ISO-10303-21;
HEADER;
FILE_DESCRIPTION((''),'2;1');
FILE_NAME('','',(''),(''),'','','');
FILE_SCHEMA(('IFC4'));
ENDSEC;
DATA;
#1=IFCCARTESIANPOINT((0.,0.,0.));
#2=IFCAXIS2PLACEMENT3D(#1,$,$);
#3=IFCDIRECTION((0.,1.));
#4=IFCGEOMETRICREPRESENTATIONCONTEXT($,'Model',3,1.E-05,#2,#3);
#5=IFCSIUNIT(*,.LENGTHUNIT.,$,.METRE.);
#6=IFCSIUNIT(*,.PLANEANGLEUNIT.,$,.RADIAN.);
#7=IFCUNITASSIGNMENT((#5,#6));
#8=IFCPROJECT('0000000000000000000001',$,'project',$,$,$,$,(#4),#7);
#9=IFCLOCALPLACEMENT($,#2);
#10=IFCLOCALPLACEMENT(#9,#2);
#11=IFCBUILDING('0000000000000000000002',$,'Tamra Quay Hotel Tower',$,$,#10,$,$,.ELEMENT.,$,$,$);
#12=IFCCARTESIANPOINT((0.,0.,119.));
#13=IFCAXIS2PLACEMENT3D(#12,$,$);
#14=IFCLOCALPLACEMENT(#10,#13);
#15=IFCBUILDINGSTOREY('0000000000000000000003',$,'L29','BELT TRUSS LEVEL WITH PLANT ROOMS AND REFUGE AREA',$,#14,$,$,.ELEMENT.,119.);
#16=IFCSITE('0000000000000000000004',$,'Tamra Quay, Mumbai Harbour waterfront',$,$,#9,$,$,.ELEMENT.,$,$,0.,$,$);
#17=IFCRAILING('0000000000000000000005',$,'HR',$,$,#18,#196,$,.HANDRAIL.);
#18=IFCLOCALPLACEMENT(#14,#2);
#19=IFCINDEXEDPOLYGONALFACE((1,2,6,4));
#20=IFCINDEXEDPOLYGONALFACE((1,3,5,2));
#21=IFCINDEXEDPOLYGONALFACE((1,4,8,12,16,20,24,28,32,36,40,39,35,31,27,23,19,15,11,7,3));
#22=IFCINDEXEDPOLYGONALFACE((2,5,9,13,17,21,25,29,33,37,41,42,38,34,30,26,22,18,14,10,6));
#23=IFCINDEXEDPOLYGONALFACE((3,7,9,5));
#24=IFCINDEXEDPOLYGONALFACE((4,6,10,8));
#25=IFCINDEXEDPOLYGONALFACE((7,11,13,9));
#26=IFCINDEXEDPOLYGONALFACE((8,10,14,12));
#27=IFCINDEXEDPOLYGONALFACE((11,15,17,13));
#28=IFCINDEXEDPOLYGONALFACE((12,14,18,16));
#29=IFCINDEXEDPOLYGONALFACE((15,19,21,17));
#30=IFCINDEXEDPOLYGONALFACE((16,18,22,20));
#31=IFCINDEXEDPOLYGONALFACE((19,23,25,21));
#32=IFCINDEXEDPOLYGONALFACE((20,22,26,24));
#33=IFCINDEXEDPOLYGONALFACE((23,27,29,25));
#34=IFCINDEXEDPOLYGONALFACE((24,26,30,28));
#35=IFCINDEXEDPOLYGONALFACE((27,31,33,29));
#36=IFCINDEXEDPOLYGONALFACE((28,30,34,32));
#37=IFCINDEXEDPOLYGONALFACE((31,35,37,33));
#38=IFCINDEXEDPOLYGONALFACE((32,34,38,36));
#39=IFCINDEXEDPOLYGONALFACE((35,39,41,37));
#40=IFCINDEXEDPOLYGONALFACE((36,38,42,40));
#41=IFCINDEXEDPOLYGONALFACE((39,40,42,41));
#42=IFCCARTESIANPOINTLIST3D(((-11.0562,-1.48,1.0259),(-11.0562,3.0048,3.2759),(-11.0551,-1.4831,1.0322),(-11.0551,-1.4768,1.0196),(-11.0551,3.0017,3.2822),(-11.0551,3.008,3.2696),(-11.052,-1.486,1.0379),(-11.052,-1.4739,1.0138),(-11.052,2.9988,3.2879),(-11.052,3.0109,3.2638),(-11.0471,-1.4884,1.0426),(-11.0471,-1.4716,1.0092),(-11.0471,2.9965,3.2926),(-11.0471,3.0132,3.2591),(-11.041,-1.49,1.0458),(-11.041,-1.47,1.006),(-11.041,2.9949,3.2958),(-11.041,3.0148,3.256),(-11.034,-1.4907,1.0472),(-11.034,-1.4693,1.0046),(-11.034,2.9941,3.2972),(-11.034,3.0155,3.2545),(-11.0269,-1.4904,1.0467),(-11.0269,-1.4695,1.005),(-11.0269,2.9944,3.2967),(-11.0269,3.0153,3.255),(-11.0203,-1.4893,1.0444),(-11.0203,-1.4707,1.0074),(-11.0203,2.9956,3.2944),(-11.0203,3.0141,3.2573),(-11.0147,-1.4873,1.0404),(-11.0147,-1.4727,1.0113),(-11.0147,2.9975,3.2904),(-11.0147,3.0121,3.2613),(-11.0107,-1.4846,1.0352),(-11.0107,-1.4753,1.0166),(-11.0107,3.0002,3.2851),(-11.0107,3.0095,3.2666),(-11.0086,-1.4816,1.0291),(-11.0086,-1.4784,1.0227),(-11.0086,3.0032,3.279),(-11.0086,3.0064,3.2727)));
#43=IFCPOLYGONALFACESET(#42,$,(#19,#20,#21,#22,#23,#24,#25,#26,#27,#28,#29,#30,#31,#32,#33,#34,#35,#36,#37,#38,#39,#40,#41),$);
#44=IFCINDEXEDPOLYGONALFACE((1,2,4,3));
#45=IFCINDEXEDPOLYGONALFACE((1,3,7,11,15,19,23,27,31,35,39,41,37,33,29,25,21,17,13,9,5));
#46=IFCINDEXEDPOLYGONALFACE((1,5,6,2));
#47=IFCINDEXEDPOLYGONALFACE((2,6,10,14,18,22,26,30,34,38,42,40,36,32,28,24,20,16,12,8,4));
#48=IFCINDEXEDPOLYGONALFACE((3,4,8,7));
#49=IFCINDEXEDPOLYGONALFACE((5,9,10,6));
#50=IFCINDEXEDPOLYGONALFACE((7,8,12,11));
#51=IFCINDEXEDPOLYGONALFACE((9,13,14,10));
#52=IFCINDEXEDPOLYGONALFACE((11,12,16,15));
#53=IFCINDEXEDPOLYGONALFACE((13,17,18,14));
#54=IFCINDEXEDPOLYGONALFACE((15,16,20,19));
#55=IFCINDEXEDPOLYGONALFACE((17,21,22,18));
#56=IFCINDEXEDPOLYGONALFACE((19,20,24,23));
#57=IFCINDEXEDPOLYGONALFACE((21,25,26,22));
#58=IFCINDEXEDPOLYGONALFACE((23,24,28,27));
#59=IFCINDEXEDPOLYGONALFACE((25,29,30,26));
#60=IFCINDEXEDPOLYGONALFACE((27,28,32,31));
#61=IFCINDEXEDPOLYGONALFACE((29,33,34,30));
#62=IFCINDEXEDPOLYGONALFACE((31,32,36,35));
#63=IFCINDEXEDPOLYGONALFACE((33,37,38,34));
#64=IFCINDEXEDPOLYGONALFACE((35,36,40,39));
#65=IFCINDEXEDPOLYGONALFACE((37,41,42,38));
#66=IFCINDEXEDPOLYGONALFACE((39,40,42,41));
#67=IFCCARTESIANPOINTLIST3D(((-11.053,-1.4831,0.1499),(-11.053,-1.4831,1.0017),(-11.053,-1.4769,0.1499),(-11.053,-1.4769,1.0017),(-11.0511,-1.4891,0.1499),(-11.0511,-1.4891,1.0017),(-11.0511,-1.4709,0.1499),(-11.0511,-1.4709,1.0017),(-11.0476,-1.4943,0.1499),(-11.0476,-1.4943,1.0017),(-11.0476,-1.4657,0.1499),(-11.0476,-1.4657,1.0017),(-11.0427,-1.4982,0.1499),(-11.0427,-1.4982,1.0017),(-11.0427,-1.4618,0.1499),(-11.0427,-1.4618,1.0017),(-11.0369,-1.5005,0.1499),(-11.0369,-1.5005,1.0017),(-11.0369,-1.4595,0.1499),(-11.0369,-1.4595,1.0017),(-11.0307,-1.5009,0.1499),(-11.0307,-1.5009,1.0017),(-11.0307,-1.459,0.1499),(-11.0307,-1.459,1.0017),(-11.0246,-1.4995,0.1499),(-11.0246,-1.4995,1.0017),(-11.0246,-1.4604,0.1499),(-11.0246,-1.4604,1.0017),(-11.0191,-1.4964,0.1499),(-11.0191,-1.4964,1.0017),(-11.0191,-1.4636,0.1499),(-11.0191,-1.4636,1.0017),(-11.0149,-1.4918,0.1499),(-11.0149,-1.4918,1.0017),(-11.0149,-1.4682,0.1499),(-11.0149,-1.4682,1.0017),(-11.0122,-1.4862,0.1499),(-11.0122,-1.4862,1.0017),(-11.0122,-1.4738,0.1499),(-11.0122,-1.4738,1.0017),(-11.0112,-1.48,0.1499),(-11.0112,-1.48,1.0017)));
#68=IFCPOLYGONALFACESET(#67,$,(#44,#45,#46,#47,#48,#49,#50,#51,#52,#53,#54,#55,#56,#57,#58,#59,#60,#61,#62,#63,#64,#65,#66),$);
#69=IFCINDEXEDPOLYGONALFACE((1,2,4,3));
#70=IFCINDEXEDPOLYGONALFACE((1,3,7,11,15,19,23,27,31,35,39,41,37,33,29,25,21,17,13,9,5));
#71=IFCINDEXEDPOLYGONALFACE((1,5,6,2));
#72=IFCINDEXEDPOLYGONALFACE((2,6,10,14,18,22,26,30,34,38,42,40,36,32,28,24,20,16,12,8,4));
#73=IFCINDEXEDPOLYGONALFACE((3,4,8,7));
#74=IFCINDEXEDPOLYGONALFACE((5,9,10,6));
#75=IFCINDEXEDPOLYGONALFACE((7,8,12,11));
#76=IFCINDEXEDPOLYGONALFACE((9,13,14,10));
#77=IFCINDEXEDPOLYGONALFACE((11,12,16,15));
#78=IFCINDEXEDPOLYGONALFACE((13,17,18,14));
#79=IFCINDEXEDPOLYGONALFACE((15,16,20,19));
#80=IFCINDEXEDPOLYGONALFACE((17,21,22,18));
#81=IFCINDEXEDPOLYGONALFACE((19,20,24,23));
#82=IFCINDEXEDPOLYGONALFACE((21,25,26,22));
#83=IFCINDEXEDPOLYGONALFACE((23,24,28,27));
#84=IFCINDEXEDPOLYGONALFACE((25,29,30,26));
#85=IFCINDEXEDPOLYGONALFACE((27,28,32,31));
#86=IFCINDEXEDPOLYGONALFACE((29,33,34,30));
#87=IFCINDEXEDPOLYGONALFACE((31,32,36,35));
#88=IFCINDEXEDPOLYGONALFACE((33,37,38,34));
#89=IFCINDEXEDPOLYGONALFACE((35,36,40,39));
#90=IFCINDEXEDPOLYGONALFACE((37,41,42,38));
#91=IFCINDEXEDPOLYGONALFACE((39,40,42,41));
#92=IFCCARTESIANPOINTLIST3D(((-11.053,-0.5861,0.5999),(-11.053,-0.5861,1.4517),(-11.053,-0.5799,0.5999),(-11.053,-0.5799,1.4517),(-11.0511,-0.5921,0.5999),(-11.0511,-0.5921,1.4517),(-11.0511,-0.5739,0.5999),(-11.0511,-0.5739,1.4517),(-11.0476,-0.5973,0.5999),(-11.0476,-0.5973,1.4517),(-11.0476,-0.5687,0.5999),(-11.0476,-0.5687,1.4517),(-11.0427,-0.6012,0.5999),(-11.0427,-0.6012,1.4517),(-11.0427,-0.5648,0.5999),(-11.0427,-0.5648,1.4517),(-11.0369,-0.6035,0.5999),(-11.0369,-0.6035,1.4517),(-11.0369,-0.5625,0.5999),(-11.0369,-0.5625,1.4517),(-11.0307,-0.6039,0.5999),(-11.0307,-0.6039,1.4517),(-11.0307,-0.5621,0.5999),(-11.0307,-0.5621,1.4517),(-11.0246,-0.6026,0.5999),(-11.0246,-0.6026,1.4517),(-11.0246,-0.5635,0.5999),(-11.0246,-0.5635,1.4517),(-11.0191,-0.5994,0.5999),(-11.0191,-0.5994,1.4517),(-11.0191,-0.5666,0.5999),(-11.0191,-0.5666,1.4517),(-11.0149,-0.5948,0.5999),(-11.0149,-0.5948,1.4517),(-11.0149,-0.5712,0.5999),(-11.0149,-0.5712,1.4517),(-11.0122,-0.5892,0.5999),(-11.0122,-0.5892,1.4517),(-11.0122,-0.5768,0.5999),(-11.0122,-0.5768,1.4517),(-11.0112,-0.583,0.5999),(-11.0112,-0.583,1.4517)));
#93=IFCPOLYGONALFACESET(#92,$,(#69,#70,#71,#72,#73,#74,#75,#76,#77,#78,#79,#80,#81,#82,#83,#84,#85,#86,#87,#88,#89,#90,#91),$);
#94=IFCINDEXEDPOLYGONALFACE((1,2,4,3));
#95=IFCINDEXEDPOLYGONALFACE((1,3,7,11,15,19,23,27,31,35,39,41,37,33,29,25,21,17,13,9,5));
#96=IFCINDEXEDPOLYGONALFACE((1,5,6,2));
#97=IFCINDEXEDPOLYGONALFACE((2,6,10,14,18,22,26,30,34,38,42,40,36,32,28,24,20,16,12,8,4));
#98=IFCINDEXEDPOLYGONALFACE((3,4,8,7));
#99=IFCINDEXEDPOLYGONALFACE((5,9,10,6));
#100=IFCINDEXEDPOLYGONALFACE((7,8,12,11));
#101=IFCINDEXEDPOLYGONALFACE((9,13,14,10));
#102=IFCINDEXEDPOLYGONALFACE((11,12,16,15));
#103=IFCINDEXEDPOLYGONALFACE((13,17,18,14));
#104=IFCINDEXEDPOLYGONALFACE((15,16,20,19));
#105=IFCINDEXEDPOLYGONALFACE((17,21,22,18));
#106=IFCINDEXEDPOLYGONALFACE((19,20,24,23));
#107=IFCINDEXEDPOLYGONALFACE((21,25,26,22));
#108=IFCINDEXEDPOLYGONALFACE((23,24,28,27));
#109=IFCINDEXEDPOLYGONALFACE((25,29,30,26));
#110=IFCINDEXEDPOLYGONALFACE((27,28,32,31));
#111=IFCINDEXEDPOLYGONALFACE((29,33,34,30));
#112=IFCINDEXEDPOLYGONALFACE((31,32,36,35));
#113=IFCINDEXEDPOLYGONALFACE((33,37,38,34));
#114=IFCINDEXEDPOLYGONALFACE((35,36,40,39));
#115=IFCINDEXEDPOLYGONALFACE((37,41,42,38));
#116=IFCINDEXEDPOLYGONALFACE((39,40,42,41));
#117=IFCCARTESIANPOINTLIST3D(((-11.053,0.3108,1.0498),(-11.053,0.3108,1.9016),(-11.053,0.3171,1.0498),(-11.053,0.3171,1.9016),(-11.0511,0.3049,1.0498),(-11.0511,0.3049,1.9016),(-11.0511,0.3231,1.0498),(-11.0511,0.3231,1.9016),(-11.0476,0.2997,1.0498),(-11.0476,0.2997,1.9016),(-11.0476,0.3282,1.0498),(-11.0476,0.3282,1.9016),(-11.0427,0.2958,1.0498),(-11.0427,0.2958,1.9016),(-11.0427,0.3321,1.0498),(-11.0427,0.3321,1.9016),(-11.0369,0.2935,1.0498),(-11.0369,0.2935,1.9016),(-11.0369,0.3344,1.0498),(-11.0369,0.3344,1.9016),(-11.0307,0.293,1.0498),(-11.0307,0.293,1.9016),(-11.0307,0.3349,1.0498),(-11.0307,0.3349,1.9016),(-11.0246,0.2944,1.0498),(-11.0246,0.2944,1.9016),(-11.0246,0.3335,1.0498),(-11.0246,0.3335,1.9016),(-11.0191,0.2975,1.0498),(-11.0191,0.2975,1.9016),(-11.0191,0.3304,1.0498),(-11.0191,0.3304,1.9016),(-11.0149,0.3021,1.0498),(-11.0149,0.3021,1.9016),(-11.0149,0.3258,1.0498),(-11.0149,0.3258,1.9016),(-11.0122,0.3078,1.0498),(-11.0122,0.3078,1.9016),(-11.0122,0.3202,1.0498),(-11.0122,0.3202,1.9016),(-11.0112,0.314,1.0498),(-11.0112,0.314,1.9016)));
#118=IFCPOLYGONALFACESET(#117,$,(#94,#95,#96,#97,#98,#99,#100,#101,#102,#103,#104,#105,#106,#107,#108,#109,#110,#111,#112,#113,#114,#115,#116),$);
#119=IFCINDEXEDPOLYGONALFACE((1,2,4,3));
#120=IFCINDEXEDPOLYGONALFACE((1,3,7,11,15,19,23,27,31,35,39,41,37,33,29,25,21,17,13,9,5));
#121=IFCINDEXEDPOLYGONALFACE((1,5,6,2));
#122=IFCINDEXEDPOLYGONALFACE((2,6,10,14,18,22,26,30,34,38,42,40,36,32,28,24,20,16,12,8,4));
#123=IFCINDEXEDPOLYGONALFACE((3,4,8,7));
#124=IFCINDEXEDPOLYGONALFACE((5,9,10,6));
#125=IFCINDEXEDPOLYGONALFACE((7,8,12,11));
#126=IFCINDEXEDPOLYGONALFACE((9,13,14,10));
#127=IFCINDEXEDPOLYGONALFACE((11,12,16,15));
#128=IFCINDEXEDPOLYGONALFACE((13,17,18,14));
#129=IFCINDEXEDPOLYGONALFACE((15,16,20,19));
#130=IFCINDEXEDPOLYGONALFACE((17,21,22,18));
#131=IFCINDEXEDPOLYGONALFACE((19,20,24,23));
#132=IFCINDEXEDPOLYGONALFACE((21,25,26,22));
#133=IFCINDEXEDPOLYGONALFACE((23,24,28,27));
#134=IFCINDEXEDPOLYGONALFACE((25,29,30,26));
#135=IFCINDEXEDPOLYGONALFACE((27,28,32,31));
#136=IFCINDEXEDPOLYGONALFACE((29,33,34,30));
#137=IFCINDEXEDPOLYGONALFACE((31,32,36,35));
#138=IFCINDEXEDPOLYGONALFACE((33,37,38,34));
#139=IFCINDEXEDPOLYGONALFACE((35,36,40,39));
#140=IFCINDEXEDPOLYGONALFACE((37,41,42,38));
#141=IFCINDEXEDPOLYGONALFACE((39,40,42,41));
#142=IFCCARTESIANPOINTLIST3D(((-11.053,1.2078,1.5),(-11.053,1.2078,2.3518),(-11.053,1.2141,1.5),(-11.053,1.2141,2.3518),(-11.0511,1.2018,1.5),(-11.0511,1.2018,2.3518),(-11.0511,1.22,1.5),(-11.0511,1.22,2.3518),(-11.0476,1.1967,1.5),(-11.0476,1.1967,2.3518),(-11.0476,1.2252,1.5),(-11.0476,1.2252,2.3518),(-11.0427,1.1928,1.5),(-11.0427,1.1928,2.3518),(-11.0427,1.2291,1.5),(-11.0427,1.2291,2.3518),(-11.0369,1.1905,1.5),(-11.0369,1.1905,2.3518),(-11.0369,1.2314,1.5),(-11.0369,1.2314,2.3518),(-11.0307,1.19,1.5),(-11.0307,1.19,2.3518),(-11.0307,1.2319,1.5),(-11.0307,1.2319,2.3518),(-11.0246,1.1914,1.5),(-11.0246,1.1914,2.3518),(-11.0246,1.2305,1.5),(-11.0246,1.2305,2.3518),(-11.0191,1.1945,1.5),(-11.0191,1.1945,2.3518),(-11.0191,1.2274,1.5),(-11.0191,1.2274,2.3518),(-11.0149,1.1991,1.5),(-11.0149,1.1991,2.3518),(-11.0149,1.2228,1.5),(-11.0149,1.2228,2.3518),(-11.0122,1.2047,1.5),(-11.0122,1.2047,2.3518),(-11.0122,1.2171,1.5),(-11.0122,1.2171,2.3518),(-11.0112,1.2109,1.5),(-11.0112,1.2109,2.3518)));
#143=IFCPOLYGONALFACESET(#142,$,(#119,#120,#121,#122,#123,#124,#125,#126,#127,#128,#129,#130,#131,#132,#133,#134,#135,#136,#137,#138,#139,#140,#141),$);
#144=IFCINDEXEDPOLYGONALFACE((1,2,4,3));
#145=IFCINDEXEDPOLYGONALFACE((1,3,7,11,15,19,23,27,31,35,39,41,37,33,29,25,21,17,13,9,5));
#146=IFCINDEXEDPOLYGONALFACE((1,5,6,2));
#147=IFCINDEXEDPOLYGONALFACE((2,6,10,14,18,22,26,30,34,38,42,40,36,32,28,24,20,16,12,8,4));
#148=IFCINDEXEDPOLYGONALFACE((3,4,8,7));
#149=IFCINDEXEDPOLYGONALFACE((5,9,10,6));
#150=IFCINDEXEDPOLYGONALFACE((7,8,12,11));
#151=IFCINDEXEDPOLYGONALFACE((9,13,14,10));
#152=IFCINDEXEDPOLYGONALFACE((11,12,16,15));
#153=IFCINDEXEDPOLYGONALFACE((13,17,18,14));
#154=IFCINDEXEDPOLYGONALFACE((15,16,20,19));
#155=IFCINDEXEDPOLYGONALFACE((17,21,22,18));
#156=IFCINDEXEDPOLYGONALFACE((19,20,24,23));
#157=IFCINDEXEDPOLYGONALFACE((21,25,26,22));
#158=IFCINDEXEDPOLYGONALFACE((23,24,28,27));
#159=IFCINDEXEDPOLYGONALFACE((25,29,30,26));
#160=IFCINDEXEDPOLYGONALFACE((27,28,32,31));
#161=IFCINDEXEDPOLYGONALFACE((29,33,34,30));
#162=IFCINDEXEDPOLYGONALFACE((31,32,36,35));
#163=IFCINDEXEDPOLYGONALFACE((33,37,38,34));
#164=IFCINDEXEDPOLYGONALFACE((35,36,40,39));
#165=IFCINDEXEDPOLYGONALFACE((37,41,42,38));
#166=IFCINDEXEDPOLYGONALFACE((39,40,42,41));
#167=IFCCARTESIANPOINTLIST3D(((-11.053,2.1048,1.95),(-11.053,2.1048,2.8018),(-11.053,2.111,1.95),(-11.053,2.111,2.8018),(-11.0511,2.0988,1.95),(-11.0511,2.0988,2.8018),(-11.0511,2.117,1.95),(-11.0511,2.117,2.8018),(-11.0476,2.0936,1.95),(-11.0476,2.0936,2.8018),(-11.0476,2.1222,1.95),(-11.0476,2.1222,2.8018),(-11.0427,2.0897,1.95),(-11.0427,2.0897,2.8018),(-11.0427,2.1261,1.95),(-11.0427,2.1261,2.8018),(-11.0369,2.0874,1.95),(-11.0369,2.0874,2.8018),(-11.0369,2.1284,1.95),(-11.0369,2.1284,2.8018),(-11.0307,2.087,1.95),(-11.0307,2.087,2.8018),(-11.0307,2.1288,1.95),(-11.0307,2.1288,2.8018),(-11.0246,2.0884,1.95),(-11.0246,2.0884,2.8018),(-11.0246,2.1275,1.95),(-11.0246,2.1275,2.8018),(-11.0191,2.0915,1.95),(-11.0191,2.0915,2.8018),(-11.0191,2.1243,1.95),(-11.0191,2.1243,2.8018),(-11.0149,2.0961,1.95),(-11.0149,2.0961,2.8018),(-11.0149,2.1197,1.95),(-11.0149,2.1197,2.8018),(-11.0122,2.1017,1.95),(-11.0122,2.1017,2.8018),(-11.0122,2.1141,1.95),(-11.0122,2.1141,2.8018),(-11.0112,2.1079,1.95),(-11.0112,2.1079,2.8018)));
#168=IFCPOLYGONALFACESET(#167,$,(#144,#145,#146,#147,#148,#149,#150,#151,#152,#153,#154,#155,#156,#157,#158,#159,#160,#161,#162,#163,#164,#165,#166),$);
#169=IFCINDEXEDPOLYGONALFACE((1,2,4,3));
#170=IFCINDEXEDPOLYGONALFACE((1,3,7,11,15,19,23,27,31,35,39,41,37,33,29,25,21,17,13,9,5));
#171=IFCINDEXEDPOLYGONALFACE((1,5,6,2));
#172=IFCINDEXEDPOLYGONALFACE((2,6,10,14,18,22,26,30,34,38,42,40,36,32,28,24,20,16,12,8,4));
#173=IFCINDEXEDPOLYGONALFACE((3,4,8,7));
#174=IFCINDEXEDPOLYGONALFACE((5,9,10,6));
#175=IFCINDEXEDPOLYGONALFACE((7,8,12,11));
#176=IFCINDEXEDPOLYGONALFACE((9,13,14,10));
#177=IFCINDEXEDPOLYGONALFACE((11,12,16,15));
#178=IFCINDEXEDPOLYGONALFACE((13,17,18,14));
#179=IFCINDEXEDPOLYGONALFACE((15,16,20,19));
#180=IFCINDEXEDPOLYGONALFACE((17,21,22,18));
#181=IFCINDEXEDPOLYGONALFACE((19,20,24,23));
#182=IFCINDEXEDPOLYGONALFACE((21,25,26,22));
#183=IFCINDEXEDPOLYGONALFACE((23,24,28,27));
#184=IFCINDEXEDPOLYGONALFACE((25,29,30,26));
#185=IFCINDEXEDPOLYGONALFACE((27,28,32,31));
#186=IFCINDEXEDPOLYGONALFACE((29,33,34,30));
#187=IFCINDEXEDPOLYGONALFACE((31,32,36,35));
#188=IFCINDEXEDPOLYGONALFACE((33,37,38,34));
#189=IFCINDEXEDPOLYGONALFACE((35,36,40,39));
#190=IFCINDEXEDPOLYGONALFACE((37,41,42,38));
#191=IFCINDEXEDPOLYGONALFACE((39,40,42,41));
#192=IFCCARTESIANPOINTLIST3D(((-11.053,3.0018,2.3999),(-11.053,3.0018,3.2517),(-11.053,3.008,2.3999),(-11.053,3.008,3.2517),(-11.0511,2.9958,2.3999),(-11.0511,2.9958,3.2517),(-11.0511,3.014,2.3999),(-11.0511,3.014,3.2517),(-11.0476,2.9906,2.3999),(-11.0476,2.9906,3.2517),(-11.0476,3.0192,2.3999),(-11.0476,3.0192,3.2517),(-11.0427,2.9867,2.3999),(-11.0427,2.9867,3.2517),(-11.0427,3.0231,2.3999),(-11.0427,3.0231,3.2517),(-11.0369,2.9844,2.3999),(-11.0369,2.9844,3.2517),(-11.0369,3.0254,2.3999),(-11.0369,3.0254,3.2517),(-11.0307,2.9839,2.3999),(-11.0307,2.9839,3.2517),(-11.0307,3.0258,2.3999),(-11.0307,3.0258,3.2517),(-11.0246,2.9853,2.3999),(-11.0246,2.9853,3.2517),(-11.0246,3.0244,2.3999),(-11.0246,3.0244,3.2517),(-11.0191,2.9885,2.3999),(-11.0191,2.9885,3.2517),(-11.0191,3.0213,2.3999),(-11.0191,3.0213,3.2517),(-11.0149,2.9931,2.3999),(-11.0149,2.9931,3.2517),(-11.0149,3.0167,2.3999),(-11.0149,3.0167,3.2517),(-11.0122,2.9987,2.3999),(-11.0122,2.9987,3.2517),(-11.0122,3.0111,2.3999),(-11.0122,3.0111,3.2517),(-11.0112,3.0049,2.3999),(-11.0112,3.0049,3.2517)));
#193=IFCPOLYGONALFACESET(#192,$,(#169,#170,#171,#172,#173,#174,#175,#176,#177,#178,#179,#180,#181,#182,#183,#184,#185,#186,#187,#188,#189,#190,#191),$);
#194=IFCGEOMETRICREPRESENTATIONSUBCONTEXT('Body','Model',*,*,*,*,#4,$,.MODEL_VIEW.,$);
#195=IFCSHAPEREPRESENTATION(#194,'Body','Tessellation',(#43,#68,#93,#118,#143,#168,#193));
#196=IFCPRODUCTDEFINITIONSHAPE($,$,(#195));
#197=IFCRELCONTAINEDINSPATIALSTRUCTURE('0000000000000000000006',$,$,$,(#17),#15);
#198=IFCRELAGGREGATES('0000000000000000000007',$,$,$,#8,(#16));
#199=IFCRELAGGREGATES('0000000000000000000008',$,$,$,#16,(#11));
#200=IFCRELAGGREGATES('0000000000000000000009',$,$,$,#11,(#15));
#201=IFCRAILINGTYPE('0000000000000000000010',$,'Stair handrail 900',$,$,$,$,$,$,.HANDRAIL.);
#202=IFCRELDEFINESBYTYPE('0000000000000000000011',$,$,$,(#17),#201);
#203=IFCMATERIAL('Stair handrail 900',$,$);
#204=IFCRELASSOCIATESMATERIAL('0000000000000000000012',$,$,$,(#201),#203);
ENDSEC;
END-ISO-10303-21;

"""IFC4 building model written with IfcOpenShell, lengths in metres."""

from ifc_helpers import new_model, si_unit, direction, frame, origin, origin_2d, place, context, subcontext, project, spatial, circle, extrude, material, type_object, element, save


model = new_model("IFC4")

# Units and contexts
model_context = context("Model", 3, precision=1e-05, world=origin(), true_north=direction((0.0, 1.0)))
body_context = subcontext(model_context, "Body", "Model", "MODEL_VIEW")
ifc_project = project(units=[si_unit("LENGTHUNIT", "METRE"), si_unit("PLANEANGLEUNIT", "RADIAN")], contexts=[model_context])

# Site, building, storey
site_placement = place(None, origin())
site = spatial("IfcSite", under=ifc_project, at=site_placement, Name="Tamra Quay, Mumbai Harbour waterfront", CompositionType="ELEMENT", RefElevation=0.0)
building_placement = place(site_placement, origin())
building = spatial("IfcBuilding", under=site, at=building_placement, Name="Tamra Quay Hotel Tower", CompositionType="ELEMENT")
storey_placement = place(building_placement, frame((0.0, 0.0, 119.0)))
storey = spatial("IfcBuildingStorey", under=building, at=storey_placement, Name="L29", Description="BELT TRUSS LEVEL WITH PLANT ROOMS AND REFUGE AREA", CompositionType="ELEMENT", Elevation=119.0)

# Railing
ifc_material_1 = material(Name="Stair handrail 900")
railing_type = type_object("IfcRailingType", Name="Stair handrail 900", PredefinedType="HANDRAIL", material=ifc_material_1)
railing_placement = place(storey_placement, frame((-11.0322, -1.48, 0.1499)))
element("IfcRailing", 1, at=railing_placement, inside=storey, type_object=railing_type, Name="HR", PredefinedType="HANDRAIL", context=body_context, shape_type="SweptSolid", body=[
    extrude(circle(Radius=0.0239, at=origin_2d()), frame((0.0, 0.0, 0.876), z_axis=(0.0, 0.893823, 0.44842), x_axis=(-1.0, 0.0, 0.0)), (0.0, 0.0, 1.0), 5.0176),
    extrude(circle(Radius=0.021, at=origin_2d()), origin(), (0.0, 0.0, 1.0), 0.8518),
    extrude(circle(Radius=0.021, at=origin_2d()), frame((0.0, 0.897, 0.45)), (0.0, 0.0, 1.0), 0.8518),
    extrude(circle(Radius=0.021, at=origin_2d()), frame((0.0, 1.7939, 0.8999)), (0.0, 0.0, 1.0), 0.8518),
    extrude(circle(Radius=0.021, at=origin_2d()), frame((0.0, 2.6909, 1.3501)), (0.0, 0.0, 1.0), 0.8518),
    extrude(circle(Radius=0.021, at=origin_2d()), frame((0.0, 3.5879, 1.8)), (0.0, 0.0, 1.0), 0.8518),
    extrude(circle(Radius=0.021, at=origin_2d()), frame((0.0, 4.4849, 2.25)), (0.0, 0.0, 1.0), 0.8518),
])

save(model, "model.ifc")
